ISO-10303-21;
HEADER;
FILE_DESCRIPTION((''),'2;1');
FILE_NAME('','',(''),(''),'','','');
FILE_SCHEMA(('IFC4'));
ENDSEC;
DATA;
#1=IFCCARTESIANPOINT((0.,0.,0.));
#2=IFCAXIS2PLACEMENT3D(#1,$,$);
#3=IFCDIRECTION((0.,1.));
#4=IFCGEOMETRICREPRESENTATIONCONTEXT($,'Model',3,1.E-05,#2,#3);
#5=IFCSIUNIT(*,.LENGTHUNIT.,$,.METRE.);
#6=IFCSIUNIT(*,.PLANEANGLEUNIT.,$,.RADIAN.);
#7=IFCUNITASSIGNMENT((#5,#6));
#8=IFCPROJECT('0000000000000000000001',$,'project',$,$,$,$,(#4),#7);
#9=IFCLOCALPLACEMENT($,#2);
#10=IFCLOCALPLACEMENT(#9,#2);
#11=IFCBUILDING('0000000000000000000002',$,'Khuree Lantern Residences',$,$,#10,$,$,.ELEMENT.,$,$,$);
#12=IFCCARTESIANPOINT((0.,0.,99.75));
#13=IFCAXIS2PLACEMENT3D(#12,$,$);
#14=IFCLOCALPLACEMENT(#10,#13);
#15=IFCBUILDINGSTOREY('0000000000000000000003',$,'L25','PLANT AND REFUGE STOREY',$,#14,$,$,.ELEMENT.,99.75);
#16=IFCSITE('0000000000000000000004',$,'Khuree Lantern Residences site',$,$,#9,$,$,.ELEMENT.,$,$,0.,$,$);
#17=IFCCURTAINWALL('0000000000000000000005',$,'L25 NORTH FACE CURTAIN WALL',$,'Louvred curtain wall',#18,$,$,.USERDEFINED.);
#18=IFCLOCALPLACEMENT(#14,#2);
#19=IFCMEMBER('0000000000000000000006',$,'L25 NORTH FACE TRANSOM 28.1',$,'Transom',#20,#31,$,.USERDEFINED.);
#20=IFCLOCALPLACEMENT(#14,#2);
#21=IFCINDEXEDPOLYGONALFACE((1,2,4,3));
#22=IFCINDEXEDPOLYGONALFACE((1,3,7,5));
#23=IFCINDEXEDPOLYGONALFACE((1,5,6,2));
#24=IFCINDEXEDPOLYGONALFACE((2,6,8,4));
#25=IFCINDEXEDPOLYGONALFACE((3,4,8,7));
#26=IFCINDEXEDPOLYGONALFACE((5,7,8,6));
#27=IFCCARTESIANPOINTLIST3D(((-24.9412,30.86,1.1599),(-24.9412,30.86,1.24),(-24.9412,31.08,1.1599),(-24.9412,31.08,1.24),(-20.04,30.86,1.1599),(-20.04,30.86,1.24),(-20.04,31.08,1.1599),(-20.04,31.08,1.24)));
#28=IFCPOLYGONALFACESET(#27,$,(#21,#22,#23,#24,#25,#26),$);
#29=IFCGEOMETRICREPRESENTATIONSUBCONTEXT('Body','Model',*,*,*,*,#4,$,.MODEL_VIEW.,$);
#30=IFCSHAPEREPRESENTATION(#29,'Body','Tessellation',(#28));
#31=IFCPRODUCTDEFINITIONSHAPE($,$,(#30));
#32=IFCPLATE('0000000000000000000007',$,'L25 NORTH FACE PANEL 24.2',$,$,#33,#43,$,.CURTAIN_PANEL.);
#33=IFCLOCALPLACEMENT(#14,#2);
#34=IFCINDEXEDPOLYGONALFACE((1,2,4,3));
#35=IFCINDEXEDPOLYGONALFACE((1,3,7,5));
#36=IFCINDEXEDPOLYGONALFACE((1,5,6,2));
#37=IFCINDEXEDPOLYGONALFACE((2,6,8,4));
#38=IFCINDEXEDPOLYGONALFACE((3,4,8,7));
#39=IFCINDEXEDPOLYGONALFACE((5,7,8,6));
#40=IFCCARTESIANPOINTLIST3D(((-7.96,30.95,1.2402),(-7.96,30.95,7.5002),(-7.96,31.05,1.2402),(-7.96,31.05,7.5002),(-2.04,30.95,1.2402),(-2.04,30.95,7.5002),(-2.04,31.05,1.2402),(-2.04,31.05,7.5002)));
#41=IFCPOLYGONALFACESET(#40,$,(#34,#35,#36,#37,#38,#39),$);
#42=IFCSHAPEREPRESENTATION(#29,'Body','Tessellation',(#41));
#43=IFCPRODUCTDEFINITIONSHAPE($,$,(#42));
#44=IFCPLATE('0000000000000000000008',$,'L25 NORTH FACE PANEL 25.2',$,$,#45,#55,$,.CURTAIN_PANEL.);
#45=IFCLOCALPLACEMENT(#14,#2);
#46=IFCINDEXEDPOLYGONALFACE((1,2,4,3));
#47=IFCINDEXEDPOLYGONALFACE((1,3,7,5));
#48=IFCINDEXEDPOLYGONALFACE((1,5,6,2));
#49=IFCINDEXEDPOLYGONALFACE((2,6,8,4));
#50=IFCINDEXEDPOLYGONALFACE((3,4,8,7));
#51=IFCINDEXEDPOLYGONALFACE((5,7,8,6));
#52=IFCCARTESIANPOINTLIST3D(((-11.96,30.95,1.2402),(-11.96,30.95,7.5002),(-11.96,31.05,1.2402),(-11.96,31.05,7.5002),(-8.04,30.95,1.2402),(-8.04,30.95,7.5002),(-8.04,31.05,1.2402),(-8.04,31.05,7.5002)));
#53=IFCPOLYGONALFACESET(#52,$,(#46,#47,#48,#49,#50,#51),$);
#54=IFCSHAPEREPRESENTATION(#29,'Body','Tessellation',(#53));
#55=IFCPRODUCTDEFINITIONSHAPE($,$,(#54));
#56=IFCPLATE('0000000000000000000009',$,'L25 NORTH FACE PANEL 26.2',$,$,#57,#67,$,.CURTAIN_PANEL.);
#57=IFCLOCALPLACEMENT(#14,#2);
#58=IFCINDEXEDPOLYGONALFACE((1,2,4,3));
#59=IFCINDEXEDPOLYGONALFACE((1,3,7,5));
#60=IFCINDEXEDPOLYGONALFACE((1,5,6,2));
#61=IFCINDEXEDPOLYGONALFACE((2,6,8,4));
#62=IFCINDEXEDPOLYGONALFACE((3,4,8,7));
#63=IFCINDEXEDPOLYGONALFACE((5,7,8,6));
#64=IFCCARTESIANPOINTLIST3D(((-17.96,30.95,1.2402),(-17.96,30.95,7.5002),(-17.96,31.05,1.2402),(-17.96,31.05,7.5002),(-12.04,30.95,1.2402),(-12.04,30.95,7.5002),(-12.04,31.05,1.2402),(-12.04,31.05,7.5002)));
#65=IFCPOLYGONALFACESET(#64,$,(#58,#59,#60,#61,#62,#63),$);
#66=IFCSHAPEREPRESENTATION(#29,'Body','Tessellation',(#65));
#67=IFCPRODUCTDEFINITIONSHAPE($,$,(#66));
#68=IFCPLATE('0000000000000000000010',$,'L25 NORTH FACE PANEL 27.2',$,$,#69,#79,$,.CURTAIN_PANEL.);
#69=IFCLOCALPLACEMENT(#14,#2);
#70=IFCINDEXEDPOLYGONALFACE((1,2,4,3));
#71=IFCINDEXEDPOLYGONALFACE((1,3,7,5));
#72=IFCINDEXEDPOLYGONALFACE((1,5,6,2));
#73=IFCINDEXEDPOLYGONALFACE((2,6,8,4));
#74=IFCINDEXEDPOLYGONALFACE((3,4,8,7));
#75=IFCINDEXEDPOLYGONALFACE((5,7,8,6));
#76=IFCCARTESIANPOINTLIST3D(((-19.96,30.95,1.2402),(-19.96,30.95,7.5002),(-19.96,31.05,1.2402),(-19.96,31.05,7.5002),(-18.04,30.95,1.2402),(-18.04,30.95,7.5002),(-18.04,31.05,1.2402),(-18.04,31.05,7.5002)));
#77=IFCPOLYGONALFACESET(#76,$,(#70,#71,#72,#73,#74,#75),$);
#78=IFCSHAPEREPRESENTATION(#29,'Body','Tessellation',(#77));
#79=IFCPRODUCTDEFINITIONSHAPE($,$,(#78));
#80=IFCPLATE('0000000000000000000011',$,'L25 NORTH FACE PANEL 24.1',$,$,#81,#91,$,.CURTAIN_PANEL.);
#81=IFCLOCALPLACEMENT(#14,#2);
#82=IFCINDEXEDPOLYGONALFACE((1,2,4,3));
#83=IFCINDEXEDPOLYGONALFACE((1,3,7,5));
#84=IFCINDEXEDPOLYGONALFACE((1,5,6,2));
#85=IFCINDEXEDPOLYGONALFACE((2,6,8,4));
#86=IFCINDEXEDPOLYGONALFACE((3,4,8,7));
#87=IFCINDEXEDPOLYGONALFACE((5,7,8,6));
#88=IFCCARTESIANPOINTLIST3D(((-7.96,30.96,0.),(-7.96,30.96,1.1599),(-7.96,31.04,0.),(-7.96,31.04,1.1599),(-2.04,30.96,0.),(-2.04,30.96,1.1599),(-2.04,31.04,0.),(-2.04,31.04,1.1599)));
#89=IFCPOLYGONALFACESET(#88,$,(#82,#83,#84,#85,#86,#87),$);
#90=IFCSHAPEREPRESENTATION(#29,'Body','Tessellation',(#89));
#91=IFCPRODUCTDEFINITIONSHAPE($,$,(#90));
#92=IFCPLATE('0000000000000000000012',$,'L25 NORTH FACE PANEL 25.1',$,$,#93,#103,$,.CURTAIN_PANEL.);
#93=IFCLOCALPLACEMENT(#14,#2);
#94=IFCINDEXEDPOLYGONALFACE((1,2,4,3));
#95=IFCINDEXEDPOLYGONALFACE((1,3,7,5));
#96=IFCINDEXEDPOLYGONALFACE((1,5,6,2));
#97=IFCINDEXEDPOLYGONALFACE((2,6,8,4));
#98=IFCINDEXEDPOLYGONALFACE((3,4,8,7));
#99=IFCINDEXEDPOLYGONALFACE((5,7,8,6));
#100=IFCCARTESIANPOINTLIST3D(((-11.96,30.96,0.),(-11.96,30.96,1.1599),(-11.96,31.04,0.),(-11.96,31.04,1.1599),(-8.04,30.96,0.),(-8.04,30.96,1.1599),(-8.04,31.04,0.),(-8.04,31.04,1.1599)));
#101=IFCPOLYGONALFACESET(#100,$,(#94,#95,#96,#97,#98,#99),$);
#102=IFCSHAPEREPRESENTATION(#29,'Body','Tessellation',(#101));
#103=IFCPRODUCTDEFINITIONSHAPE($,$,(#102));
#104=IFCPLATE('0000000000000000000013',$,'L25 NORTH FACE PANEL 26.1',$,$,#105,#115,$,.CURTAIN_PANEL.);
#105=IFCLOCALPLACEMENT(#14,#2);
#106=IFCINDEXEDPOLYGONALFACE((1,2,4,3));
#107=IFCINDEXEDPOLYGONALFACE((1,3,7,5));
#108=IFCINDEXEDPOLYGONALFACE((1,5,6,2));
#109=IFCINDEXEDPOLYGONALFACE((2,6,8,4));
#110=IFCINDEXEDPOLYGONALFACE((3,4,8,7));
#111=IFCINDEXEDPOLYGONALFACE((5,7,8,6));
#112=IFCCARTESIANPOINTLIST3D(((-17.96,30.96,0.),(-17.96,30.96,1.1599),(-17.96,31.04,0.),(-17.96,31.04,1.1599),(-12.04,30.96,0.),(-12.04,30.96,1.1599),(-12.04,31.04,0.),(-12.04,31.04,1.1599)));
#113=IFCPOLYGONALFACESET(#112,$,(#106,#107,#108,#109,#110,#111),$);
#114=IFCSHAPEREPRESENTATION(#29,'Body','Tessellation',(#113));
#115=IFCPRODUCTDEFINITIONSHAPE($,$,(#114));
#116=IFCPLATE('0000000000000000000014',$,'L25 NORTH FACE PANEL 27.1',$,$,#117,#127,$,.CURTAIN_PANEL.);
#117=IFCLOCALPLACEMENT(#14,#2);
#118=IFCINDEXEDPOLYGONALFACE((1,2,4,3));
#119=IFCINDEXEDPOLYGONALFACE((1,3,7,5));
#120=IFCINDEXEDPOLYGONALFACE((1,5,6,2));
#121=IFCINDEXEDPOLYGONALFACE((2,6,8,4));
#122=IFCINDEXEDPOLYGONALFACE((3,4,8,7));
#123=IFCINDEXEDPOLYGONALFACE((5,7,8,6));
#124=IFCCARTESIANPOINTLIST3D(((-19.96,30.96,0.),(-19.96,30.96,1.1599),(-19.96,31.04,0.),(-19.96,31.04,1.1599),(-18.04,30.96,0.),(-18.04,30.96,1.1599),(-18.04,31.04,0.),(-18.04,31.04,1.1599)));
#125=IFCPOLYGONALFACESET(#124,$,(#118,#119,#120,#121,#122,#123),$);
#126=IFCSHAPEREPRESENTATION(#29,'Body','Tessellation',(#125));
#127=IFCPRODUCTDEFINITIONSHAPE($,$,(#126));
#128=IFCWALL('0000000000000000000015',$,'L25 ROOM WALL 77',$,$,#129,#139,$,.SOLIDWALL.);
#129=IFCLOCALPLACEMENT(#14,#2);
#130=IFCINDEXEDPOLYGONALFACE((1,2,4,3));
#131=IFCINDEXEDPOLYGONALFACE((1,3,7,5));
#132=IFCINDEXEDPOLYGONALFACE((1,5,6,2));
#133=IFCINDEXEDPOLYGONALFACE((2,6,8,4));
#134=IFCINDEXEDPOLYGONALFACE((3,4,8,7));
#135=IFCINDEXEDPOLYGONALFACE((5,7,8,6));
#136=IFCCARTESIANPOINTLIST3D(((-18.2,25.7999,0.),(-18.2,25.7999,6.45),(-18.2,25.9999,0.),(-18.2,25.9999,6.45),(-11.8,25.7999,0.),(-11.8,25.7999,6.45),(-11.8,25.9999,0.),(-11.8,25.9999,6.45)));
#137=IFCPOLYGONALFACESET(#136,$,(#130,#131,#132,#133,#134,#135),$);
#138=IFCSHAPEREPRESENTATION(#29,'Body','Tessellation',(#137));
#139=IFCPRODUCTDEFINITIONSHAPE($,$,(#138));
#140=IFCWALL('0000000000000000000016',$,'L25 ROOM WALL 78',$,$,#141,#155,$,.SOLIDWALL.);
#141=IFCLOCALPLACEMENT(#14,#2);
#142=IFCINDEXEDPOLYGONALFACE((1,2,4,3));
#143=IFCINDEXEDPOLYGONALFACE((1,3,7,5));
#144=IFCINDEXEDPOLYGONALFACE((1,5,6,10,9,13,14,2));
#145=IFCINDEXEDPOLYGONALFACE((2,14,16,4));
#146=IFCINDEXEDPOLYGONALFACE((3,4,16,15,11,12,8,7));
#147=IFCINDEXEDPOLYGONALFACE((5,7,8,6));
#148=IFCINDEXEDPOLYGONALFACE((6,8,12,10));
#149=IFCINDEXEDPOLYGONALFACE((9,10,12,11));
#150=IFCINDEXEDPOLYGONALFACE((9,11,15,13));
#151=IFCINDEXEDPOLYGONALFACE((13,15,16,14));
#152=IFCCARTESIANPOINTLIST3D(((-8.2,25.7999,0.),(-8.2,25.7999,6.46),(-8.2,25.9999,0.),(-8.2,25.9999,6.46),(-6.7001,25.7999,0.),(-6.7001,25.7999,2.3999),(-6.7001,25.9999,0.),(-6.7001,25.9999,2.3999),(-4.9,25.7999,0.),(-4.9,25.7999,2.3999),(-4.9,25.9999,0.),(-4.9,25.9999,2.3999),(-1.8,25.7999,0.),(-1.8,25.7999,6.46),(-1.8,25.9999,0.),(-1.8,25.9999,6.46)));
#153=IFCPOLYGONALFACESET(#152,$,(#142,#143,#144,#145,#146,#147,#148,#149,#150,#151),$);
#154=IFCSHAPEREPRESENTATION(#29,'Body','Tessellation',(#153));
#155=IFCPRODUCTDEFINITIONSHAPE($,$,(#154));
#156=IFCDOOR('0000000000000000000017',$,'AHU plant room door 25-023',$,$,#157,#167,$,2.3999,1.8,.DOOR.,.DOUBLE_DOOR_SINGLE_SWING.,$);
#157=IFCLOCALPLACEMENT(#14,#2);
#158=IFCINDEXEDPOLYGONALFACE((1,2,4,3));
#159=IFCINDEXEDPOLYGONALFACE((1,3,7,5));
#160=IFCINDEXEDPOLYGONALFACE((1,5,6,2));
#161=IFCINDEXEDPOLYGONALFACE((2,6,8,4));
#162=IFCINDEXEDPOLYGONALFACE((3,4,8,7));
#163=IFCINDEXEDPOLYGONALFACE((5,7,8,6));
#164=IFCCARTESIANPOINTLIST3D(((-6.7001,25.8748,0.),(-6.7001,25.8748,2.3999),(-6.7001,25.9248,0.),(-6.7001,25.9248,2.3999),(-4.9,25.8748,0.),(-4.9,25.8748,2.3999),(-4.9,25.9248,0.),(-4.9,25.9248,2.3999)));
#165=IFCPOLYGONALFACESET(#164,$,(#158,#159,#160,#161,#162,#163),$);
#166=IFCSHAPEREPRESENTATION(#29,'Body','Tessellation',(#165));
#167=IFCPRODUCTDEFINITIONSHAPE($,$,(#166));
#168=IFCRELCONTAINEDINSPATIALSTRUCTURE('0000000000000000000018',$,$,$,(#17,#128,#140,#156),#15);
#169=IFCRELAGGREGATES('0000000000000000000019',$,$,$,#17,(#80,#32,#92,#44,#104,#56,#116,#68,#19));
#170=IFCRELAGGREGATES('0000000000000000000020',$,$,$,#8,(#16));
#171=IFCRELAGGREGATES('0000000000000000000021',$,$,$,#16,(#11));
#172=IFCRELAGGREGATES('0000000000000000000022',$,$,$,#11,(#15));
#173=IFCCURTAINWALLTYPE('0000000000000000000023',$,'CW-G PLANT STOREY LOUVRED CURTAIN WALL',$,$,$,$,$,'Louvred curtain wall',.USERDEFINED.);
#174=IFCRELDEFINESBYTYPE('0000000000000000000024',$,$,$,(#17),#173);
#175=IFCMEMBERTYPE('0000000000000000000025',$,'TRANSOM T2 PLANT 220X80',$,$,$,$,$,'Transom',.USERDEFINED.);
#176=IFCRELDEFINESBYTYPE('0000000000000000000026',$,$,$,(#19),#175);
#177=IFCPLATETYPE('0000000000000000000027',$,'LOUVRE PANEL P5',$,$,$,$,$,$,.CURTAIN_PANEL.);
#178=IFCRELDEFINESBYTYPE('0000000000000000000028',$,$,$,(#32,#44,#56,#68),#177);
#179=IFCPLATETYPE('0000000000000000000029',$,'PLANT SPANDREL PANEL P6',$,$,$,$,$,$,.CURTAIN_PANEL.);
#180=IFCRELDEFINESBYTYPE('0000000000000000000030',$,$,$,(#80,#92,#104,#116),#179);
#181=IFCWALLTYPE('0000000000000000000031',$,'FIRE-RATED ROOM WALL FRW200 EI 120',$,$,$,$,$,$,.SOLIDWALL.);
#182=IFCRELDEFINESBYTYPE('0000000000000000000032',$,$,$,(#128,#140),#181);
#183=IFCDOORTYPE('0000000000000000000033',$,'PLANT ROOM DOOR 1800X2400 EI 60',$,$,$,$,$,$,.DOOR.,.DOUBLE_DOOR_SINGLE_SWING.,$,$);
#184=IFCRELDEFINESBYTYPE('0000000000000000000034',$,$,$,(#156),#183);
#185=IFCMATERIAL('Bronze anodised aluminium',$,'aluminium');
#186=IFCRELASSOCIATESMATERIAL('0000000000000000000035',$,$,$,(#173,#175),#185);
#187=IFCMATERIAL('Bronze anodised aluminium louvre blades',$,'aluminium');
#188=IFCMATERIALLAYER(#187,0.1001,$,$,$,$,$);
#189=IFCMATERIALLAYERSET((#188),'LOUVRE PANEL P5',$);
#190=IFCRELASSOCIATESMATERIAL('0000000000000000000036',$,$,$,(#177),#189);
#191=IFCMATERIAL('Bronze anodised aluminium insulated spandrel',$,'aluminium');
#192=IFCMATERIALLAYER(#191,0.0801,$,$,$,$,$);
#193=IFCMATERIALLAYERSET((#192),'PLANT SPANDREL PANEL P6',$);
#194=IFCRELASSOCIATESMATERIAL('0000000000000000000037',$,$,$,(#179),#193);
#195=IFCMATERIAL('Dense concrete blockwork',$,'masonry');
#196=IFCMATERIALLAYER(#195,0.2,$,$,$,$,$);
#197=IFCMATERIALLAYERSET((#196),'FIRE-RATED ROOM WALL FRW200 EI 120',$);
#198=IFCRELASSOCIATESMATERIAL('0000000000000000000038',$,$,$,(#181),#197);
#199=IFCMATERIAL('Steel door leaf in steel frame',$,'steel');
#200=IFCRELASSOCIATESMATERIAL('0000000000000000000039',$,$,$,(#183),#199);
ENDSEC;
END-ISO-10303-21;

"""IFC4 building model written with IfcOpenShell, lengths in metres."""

from ifc_helpers import new_model, si_unit, direction, frame, frame_2d, origin, origin_2d, place, context, subcontext, project, spatial, rectangle, extrude, material, layer, layer_set, material_profile, profile_set, type_object, element, fill, aggregate, save


model = new_model("IFC4")

# Units and contexts
model_context = context("Model", 3, precision=1e-05, world=origin(), true_north=direction((0.0, 1.0)))
body_context = subcontext(model_context, "Body", "Model", "MODEL_VIEW")
ifc_project = project(units=[si_unit("LENGTHUNIT", "METRE"), si_unit("PLANEANGLEUNIT", "RADIAN")], contexts=[model_context])

# Site, building, storey
site_placement = place(None, origin())
site = spatial("IfcSite", under=ifc_project, at=site_placement, Name="Khuree Lantern Residences site", CompositionType="ELEMENT", RefElevation=0.0)
building_placement = place(site_placement, origin())
building = spatial("IfcBuilding", under=site, at=building_placement, Name="Khuree Lantern Residences", CompositionType="ELEMENT")
storey_placement = place(building_placement, frame((0.0, 0.0, 99.75)))
storey = spatial("IfcBuildingStorey", under=building, at=storey_placement, Name="L25", Description="PLANT AND REFUGE STOREY", CompositionType="ELEMENT", Elevation=99.75)

# Curtain wall
ifc_material_1 = material(Name="Bronze anodised aluminium", Category="aluminium")
curtain_wall_type = type_object("IfcCurtainWallType", Name="CW-G PLANT STOREY LOUVRED CURTAIN WALL", ElementType="Louvred curtain wall", PredefinedType="USERDEFINED", material=ifc_material_1)
curtain_wall_placement = place(storey_placement, origin())
curtain_wall = element("IfcCurtainWall", 1, at=curtain_wall_placement, inside=storey, type_object=curtain_wall_type, Name="L25 NORTH FACE CURTAIN WALL", ObjectType="Louvred curtain wall", PredefinedType="USERDEFINED")

# Member
ifc_material_profile_1 = material_profile(ifc_material_1, rectangle(XDim=0.22, YDim=0.0801, at=origin_2d()), Name="T2 220X80")
ifc_profile_set_1 = profile_set([ifc_material_profile_1], Name="Bronze anodised aluminium")
member_type_1 = type_object("IfcMemberType", Name="TRANSOM T2 PLANT 220X80", ElementType="Transom", PredefinedType="USERDEFINED", material=ifc_profile_set_1)
member_1_placement = place(storey_placement, frame((-20.04, 30.97, 1.2), z_axis=(-1.0, 0.0, 0.0), x_axis=(0.0, -1.0, 0.0)))
member_1 = element("IfcMember", 2, at=member_1_placement, type_object=member_type_1, Name="L25 NORTH FACE TRANSOM 28.1", ObjectType="Transom", PredefinedType="USERDEFINED", context=body_context, shape_type="SweptSolid", body=[
    extrude(rectangle(XDim=0.22, YDim=0.0801, at=origin_2d()), origin(), (0.0, 0.0, 1.0), 4.9011),
])

# Plates
ifc_material_2 = material(Name="Bronze anodised aluminium louvre blades", Category="aluminium")
ifc_layer_1 = layer(ifc_material_2, 0.1001)
ifc_layer_set_1 = layer_set([ifc_layer_1], Name="LOUVRE PANEL P5")
plate_type_1 = type_object("IfcPlateType", Name="LOUVRE PANEL P5", PredefinedType="CURTAIN_PANEL", material=ifc_layer_set_1)
plate_1_placement = place(storey_placement, frame((-5.0, 31.0, 1.2402), z_axis=(0.0, 0.0, 1.0), x_axis=(-1.0, 0.0, 0.0)))
plate_1 = element("IfcPlate", 3, at=plate_1_placement, type_object=plate_type_1, Name="L25 NORTH FACE PANEL 24.2", PredefinedType="CURTAIN_PANEL", context=body_context, shape_type="SweptSolid", body=[
    extrude(rectangle(XDim=5.9199, YDim=0.1001, at=origin_2d()), origin(), (0.0, 0.0, 1.0), 6.26),
])
plate_2_placement = place(storey_placement, frame((-10.0, 31.0, 1.2402), z_axis=(0.0, 0.0, 1.0), x_axis=(-1.0, 0.0, 0.0)))
plate_2 = element("IfcPlate", 4, at=plate_2_placement, type_object=plate_type_1, Name="L25 NORTH FACE PANEL 25.2", PredefinedType="CURTAIN_PANEL", context=body_context, shape_type="SweptSolid", body=[
    extrude(rectangle(XDim=3.9199, YDim=0.1001, at=origin_2d()), origin(), (0.0, 0.0, 1.0), 6.26),
])
plate_3_placement = place(storey_placement, frame((-15.0, 31.0, 1.2402), z_axis=(0.0, 0.0, 1.0), x_axis=(-1.0, 0.0, 0.0)))
plate_3 = element("IfcPlate", 5, at=plate_3_placement, type_object=plate_type_1, Name="L25 NORTH FACE PANEL 26.2", PredefinedType="CURTAIN_PANEL", context=body_context, shape_type="SweptSolid", body=[
    extrude(rectangle(XDim=5.9199, YDim=0.1001, at=origin_2d()), origin(), (0.0, 0.0, 1.0), 6.26),
])
plate_4_placement = place(storey_placement, frame((-19.0, 31.0, 1.2402), z_axis=(0.0, 0.0, 1.0), x_axis=(-1.0, 0.0, 0.0)))
plate_4 = element("IfcPlate", 6, at=plate_4_placement, type_object=plate_type_1, Name="L25 NORTH FACE PANEL 27.2", PredefinedType="CURTAIN_PANEL", context=body_context, shape_type="SweptSolid", body=[
    extrude(rectangle(XDim=1.9199, YDim=0.1001, at=origin_2d()), origin(), (0.0, 0.0, 1.0), 6.26),
])
ifc_material_3 = material(Name="Bronze anodised aluminium insulated spandrel", Category="aluminium")
ifc_layer_2 = layer(ifc_material_3, 0.0801)
ifc_layer_set_2 = layer_set([ifc_layer_2], Name="PLANT SPANDREL PANEL P6")
plate_type_2 = type_object("IfcPlateType", Name="PLANT SPANDREL PANEL P6", PredefinedType="CURTAIN_PANEL", material=ifc_layer_set_2)
plate_5_placement = place(storey_placement, frame((-5.0, 31.0, 0.0), z_axis=(0.0, 0.0, 1.0), x_axis=(-1.0, 0.0, 0.0)))
plate_5 = element("IfcPlate", 7, at=plate_5_placement, type_object=plate_type_2, Name="L25 NORTH FACE PANEL 24.1", PredefinedType="CURTAIN_PANEL", context=body_context, shape_type="SweptSolid", body=[
    extrude(rectangle(XDim=5.9199, YDim=0.0801, at=origin_2d()), origin(), (0.0, 0.0, 1.0), 1.1599),
])
plate_6_placement = place(storey_placement, frame((-10.0, 31.0, 0.0), z_axis=(0.0, 0.0, 1.0), x_axis=(-1.0, 0.0, 0.0)))
plate_6 = element("IfcPlate", 8, at=plate_6_placement, type_object=plate_type_2, Name="L25 NORTH FACE PANEL 25.1", PredefinedType="CURTAIN_PANEL", context=body_context, shape_type="SweptSolid", body=[
    extrude(rectangle(XDim=3.9199, YDim=0.0801, at=origin_2d()), origin(), (0.0, 0.0, 1.0), 1.1599),
])
plate_7_placement = place(storey_placement, frame((-15.0, 31.0, 0.0), z_axis=(0.0, 0.0, 1.0), x_axis=(-1.0, 0.0, 0.0)))
plate_7 = element("IfcPlate", 9, at=plate_7_placement, type_object=plate_type_2, Name="L25 NORTH FACE PANEL 26.1", PredefinedType="CURTAIN_PANEL", context=body_context, shape_type="SweptSolid", body=[
    extrude(rectangle(XDim=5.9199, YDim=0.0801, at=origin_2d()), origin(), (0.0, 0.0, 1.0), 1.1599),
])
plate_8_placement = place(storey_placement, frame((-19.0, 31.0, 0.0), z_axis=(0.0, 0.0, 1.0), x_axis=(-1.0, 0.0, 0.0)))
plate_8 = element("IfcPlate", 10, at=plate_8_placement, type_object=plate_type_2, Name="L25 NORTH FACE PANEL 27.1", PredefinedType="CURTAIN_PANEL", context=body_context, shape_type="SweptSolid", body=[
    extrude(rectangle(XDim=1.9199, YDim=0.0801, at=origin_2d()), origin(), (0.0, 0.0, 1.0), 1.1599),
])
aggregate(curtain_wall, [plate_5, plate_1, plate_6, plate_2, plate_7, plate_3, plate_8, plate_4, member_1])

# Wall
ifc_material_4 = material(Name="Dense concrete blockwork", Category="masonry")
ifc_layer_3 = layer(ifc_material_4, 0.2)
ifc_layer_set_3 = layer_set([ifc_layer_3], Name="FIRE-RATED ROOM WALL FRW200 EI 120")
wall_type = type_object("IfcWallType", Name="FIRE-RATED ROOM WALL FRW200 EI 120", PredefinedType="SOLIDWALL", material=ifc_layer_set_3)
wall_1_placement = place(storey_placement, frame((-18.2, 25.8999, 0.0), z_axis=(0.0, 0.0, 1.0), x_axis=(1.0, 0.0, 0.0)))
element("IfcWall", 11, at=wall_1_placement, inside=storey, type_object=wall_type, Name="L25 ROOM WALL 77", PredefinedType="SOLIDWALL", context=body_context, shape_type="SweptSolid", body=[
    extrude(rectangle(XDim=6.3999, YDim=0.2, at=frame_2d((3.2, 0.0))), origin(), (0.0, 0.0, 1.0), 6.45),
])

# Wall, opening, door
wall_2_placement = place(storey_placement, frame((-8.2, 25.8999, 0.0), z_axis=(0.0, 0.0, 1.0), x_axis=(1.0, 0.0, 0.0)))
wall_2 = element("IfcWall", 12, at=wall_2_placement, inside=storey, type_object=wall_type, Name="L25 ROOM WALL 78", PredefinedType="SOLIDWALL", context=body_context, shape_type="SweptSolid", body=[
    extrude(rectangle(XDim=6.3999, YDim=0.2, at=frame_2d((3.2, 0.0))), origin(), (0.0, 0.0, 1.0), 6.46),
])
opening_placement = place(wall_2_placement, frame((1.5, 0.0, 0.0)))
opening = element("IfcOpeningElement", 13, at=opening_placement, cuts=wall_2, PredefinedType="OPENING", context=body_context, shape_type="SweptSolid", body=[
    extrude(rectangle(XDim=1.8, YDim=2.3999, at=frame_2d((0.8999, 1.2))), frame((0.0, 0.1099, 0.0), z_axis=(0.0, -1.0, 0.0), x_axis=(1.0, 0.0, 0.0)), (0.0, 0.0, 1.0), 0.22),
])
ifc_material_5 = material(Name="Steel door leaf in steel frame", Category="steel")
door_type = type_object("IfcDoorType", Name="PLANT ROOM DOOR 1800X2400 EI 60", OperationType="DOUBLE_DOOR_SINGLE_SWING", PredefinedType="DOOR", material=ifc_material_5)
door_placement = place(opening_placement, origin())
door = element("IfcDoor", 14, at=door_placement, inside=storey, type_object=door_type, Name="AHU plant room door 25-023", OperationType="DOUBLE_DOOR_SINGLE_SWING", OverallHeight=2.3999, OverallWidth=1.8, PredefinedType="DOOR", context=body_context, shape_type="SweptSolid", body=[
    extrude(rectangle(XDim=1.8, YDim=2.3999, at=frame_2d((0.8999, 1.2))), frame((0.0, 0.0249, 0.0), z_axis=(0.0, -1.0, 0.0), x_axis=(1.0, 0.0, 0.0)), (0.0, 0.0, 1.0), 0.05),
])
fill(opening, door)

save(model, "model.ifc")
